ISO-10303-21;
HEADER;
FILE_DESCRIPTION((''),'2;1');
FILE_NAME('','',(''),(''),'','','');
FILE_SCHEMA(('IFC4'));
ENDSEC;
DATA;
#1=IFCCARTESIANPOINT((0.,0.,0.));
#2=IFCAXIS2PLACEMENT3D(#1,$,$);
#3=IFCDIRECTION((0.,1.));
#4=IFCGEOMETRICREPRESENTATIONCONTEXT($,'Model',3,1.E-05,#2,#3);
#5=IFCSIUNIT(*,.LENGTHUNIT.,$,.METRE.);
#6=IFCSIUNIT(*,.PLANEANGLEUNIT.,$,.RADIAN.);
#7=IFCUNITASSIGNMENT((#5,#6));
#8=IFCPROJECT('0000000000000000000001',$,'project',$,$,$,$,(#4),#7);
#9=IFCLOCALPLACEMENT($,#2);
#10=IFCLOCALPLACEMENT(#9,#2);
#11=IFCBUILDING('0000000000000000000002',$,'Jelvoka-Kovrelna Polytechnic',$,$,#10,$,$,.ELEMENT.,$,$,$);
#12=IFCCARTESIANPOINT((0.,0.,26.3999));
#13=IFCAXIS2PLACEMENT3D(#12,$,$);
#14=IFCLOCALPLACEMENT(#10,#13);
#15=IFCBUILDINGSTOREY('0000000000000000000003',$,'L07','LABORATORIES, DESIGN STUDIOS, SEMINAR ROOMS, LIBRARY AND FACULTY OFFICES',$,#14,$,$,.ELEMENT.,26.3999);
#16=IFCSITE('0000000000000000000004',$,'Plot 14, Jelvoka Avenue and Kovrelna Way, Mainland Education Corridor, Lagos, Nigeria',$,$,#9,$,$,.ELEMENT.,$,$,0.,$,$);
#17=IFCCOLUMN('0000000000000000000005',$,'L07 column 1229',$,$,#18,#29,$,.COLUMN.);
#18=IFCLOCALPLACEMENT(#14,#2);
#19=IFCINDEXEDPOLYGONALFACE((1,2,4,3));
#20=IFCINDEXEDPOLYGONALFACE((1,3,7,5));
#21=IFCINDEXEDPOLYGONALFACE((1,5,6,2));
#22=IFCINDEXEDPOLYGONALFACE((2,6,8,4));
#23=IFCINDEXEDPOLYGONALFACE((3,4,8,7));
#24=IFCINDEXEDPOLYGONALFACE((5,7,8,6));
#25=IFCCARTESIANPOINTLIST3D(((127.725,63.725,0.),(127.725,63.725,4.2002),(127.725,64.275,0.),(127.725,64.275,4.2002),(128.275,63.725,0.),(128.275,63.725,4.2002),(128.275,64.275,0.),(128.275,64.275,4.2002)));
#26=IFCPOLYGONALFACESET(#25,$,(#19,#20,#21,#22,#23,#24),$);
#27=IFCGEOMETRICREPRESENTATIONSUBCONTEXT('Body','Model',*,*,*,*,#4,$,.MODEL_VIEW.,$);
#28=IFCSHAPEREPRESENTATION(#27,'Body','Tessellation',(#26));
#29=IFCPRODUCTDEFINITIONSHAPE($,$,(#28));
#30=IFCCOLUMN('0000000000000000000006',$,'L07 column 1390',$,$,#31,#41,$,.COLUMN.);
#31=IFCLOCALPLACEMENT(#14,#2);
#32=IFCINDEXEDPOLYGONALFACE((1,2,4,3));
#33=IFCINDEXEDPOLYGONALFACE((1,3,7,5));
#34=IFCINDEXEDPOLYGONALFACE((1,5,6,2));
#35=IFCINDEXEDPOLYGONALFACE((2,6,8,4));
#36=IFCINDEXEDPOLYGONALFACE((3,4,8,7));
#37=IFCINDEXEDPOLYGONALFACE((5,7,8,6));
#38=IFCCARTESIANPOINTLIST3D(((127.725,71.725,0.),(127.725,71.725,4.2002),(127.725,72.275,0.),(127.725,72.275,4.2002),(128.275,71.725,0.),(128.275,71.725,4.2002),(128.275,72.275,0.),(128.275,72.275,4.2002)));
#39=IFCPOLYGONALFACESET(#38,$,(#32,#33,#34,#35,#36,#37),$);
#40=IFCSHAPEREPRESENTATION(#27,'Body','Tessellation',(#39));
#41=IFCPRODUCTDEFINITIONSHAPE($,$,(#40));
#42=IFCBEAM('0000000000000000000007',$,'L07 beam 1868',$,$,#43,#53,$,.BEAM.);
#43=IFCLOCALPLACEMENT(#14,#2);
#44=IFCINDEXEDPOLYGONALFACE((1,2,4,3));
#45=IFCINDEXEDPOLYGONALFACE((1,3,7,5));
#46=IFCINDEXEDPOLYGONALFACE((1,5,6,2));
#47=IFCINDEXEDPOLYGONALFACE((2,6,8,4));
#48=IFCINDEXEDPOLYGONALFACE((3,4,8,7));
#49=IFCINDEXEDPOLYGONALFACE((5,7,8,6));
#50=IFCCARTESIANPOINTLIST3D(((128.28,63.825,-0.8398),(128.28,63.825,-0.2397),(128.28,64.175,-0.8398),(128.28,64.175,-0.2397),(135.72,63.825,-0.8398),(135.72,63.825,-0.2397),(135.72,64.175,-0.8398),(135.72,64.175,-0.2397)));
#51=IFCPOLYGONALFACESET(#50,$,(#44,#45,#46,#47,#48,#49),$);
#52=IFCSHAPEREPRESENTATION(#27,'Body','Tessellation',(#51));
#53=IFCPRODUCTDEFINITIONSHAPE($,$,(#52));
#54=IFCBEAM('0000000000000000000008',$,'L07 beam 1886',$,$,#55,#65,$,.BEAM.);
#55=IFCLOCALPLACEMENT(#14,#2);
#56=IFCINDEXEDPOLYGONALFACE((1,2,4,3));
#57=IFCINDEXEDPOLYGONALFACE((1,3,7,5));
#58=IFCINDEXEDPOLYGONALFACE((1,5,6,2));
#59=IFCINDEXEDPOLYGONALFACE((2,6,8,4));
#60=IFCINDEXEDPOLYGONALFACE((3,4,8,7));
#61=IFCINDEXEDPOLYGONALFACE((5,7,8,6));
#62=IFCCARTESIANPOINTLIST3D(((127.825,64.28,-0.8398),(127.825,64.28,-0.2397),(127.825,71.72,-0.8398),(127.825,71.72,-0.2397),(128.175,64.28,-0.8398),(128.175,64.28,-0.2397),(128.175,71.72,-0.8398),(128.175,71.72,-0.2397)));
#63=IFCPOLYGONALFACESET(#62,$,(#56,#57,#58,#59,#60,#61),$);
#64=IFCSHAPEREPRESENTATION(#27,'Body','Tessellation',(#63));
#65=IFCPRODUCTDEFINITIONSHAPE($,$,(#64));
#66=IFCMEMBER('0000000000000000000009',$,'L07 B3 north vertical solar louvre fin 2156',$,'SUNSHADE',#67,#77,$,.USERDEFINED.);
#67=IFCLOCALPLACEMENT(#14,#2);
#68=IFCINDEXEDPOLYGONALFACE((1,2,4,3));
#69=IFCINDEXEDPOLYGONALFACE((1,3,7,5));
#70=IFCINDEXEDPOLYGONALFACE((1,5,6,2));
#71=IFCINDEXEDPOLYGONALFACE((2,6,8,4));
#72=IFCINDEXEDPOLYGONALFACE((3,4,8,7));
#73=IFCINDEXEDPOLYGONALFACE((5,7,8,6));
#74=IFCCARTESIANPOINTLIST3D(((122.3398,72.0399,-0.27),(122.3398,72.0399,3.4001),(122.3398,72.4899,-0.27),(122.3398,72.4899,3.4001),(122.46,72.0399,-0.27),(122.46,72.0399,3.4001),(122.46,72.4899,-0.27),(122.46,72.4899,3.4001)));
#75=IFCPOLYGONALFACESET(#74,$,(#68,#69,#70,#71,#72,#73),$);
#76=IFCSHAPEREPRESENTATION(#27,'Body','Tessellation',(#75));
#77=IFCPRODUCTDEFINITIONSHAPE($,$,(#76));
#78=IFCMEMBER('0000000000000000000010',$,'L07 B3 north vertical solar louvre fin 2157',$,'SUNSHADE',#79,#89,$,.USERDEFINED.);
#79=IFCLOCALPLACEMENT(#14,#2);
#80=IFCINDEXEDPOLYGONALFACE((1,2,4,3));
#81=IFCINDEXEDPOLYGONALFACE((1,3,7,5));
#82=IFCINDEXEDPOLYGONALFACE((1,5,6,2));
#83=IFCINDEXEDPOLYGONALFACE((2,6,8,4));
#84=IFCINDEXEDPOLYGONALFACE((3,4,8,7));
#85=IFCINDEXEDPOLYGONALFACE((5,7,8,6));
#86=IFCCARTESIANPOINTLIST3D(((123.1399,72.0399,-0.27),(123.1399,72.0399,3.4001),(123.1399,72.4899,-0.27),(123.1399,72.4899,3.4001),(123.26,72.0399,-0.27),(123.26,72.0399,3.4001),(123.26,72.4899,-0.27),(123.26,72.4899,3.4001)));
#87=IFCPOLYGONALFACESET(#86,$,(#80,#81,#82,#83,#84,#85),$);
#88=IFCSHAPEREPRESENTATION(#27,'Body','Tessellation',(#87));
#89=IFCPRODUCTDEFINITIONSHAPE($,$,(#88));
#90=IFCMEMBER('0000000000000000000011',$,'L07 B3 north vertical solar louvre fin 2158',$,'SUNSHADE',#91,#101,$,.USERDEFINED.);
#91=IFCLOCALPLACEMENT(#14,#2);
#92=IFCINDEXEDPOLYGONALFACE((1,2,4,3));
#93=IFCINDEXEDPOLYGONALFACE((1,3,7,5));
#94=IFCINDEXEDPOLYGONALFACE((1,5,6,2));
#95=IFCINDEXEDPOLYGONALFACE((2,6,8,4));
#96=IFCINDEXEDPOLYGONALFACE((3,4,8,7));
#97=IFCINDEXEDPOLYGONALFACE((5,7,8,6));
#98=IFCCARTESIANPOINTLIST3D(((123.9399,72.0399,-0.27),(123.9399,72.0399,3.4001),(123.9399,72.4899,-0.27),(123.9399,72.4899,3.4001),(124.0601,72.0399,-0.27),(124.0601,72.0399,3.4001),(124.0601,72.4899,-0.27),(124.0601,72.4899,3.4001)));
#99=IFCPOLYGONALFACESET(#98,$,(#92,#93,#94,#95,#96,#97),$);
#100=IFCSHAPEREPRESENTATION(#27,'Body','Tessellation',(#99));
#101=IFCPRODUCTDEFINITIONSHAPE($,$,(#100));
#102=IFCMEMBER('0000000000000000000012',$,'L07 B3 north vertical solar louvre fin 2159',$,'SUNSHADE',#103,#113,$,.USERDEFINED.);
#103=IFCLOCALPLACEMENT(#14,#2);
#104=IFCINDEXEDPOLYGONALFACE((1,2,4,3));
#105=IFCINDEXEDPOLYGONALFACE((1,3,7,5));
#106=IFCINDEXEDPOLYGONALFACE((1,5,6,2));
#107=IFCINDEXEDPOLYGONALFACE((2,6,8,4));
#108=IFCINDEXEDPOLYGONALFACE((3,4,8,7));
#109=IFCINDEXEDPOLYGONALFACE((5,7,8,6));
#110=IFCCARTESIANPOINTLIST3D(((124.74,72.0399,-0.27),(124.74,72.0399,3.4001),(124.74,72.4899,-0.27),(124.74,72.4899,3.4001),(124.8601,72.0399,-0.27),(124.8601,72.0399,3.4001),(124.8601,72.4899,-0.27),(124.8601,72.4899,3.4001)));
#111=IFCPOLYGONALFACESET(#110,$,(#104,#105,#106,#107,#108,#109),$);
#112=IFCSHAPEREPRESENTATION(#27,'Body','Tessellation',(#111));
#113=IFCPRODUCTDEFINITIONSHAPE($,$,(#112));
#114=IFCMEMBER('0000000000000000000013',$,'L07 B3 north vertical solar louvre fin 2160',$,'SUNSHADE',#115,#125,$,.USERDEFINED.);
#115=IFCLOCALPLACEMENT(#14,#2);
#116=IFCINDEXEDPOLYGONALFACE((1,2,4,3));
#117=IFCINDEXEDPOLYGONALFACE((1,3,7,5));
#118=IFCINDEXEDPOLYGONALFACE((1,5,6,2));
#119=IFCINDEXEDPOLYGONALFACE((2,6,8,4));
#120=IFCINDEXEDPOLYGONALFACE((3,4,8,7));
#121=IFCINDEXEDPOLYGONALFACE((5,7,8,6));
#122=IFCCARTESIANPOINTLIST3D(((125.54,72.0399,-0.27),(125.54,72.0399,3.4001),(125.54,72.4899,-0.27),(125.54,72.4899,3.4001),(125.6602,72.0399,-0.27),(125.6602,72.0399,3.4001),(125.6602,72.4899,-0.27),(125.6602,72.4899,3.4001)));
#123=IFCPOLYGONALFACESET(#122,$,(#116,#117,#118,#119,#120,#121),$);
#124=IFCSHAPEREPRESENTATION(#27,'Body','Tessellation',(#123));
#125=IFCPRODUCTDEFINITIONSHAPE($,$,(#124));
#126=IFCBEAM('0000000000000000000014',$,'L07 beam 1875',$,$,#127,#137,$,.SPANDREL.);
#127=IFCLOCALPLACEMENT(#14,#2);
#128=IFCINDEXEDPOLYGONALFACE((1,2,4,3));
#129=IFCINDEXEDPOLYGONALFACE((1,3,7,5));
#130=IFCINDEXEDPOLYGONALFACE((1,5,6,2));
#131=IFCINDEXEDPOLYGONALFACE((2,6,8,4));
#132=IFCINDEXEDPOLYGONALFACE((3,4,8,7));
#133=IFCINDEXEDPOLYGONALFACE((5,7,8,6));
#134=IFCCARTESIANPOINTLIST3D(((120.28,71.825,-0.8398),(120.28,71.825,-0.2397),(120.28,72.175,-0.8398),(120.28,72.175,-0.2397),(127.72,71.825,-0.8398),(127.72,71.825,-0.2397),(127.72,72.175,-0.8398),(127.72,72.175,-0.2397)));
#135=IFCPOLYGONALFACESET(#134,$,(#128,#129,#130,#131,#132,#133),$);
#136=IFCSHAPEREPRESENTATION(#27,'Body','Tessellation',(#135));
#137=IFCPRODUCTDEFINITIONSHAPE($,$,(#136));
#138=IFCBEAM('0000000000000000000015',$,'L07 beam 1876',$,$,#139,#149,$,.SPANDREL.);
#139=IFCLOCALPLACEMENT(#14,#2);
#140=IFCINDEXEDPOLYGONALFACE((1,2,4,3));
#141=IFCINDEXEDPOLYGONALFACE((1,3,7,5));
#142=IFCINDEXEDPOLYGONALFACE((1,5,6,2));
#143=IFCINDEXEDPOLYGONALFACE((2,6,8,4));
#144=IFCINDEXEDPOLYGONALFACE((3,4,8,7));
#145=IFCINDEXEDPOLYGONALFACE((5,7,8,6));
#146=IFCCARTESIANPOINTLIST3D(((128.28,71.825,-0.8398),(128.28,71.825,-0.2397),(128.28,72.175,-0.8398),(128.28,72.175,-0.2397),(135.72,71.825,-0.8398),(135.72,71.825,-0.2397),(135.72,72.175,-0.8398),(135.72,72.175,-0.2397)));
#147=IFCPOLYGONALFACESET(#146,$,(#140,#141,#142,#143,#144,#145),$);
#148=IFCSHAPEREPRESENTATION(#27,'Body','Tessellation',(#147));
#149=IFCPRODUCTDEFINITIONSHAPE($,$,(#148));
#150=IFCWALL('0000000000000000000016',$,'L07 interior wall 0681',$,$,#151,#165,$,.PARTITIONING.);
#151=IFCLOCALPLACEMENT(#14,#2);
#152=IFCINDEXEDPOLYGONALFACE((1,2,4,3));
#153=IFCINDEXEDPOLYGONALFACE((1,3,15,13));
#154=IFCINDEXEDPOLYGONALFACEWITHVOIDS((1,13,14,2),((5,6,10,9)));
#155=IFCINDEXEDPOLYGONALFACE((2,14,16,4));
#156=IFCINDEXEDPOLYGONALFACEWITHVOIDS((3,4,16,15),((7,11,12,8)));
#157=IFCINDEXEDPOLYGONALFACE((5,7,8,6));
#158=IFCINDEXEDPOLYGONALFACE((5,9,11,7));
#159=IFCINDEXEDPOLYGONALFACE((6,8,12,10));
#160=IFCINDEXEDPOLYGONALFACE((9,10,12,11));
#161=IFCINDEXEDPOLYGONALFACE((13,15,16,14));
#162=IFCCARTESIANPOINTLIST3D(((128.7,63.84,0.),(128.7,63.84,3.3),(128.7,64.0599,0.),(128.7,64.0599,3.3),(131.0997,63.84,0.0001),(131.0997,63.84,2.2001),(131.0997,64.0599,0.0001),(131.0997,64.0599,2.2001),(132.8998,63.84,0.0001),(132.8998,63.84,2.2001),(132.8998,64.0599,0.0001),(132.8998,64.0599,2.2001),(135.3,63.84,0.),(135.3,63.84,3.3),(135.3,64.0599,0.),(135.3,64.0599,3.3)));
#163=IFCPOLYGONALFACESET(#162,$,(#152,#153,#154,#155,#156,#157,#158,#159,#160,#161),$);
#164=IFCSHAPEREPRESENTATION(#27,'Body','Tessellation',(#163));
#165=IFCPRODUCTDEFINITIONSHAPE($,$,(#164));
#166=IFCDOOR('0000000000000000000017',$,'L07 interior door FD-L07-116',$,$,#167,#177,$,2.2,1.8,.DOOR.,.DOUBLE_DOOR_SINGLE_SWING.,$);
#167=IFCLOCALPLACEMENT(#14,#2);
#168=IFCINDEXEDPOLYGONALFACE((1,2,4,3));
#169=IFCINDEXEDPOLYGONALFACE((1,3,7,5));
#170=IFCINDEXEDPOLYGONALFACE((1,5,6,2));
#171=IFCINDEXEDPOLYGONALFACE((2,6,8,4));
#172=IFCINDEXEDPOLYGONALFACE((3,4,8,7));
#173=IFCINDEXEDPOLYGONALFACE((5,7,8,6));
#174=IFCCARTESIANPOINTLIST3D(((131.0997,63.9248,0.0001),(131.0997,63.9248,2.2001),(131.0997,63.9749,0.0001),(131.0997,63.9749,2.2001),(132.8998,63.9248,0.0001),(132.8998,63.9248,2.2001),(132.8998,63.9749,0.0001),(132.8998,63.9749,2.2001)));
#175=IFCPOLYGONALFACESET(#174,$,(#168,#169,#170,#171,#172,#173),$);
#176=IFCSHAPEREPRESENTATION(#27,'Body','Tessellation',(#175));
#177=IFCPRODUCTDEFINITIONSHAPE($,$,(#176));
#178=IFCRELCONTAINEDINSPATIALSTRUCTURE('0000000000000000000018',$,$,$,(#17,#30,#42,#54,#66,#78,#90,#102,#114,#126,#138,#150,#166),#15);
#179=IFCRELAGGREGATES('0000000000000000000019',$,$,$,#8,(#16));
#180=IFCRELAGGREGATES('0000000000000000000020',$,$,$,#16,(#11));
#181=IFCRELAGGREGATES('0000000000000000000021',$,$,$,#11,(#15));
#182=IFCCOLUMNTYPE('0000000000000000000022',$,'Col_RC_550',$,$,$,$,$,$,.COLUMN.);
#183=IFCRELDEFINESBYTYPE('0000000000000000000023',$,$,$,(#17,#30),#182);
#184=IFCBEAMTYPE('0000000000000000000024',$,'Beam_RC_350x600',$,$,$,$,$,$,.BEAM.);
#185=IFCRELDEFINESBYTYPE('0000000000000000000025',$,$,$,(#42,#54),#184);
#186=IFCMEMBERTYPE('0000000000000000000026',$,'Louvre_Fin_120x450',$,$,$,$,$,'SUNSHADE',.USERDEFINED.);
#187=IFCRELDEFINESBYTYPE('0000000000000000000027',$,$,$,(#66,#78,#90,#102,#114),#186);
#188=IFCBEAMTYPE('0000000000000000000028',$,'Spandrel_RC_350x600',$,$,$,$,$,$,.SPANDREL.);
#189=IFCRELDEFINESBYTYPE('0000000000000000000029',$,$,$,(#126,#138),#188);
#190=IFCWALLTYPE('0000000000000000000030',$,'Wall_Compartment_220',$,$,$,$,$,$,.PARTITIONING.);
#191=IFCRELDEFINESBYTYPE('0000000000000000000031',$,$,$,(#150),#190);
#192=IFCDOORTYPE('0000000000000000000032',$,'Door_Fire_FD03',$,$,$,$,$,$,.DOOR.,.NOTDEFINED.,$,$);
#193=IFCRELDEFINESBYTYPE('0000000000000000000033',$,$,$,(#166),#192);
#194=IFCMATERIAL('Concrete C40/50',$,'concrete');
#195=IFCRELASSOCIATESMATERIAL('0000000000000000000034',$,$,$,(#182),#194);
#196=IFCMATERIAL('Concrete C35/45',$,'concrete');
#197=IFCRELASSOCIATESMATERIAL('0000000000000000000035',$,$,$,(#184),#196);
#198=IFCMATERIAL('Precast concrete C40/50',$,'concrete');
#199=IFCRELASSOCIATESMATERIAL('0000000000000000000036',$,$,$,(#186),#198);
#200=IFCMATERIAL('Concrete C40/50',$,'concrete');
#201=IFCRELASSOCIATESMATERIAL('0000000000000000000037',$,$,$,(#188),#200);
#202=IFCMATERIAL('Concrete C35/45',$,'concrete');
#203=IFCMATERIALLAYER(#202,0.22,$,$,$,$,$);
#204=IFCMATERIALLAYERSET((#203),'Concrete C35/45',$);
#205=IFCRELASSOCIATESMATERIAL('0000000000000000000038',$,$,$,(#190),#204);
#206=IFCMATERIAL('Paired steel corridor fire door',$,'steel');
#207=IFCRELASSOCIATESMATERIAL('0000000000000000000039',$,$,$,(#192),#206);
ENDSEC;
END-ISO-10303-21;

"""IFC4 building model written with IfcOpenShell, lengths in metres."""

from ifc_helpers import new_model, si_unit, direction, frame, frame_2d, origin, origin_2d, place, context, subcontext, project, spatial, rectangle, extrude, material, layer, layer_set, material_profile, profile_set, type_object, element, fill, save


model = new_model("IFC4")

# Units and contexts
model_context = context("Model", 3, precision=1e-05, world=origin(), true_north=direction((0.0, 1.0)))
body_context = subcontext(model_context, "Body", "Model", "MODEL_VIEW")
ifc_project = project(units=[si_unit("LENGTHUNIT", "METRE"), si_unit("PLANEANGLEUNIT", "RADIAN")], contexts=[model_context])

# Site, building, storey
site_placement = place(None, origin())
site = spatial("IfcSite", under=ifc_project, at=site_placement, Name="Plot 14, Jelvoka Avenue and Kovrelna Way, Mainland Education Corridor, Lagos, Nigeria", CompositionType="ELEMENT", RefElevation=0.0)
building_placement = place(site_placement, origin())
building = spatial("IfcBuilding", under=site, at=building_placement, Name="Jelvoka-Kovrelna Polytechnic", CompositionType="ELEMENT")
storey_placement = place(building_placement, frame((0.0, 0.0, 26.3999)))
storey = spatial("IfcBuildingStorey", under=building, at=storey_placement, Name="L07", Description="LABORATORIES, DESIGN STUDIOS, SEMINAR ROOMS, LIBRARY AND FACULTY OFFICES", CompositionType="ELEMENT", Elevation=26.3999)

# Columns
ifc_material_1 = material(Name="Concrete C40/50", Category="concrete")
ifc_material_profile_1 = material_profile(ifc_material_1, rectangle(XDim=0.55, YDim=0.55, at=origin_2d()), Name="RC 550x550")
ifc_profile_set_1 = profile_set([ifc_material_profile_1], Name="Concrete C40/50")
column_type = type_object("IfcColumnType", Name="Col_RC_550", PredefinedType="COLUMN", material=ifc_profile_set_1)
for number, where, z_axis, x_axis, name in (
    (1, (128.0, 64.0, 0.0), (0.0, 0.0, 1.0), (1.0, 0.0, 0.0), "L07 column 1229"),
    (2, (128.0, 72.0, 0.0), (0.0, 0.0, 1.0), (1.0, 0.0, 0.0), "L07 column 1390"),
):
    element("IfcColumn", number, at=place(storey_placement, frame(where, z_axis=z_axis, x_axis=x_axis)), inside=storey, type_object=column_type, Name=name, PredefinedType="COLUMN", context=body_context, shape_type="SweptSolid", body=[
        extrude(rectangle(XDim=0.55, YDim=0.55, at=origin_2d()), origin(), (0.0, 0.0, 1.0), 4.2002),
    ])

# Beams
ifc_material_2 = material(Name="Concrete C35/45", Category="concrete")
ifc_material_profile_2 = material_profile(ifc_material_2, rectangle(XDim=0.3501, YDim=0.6001, at=origin_2d()), Name="RC 350x600")
ifc_profile_set_2 = profile_set([ifc_material_profile_2], Name="Concrete C35/45")
beam_type_1 = type_object("IfcBeamType", Name="Beam_RC_350x600", PredefinedType="BEAM", material=ifc_profile_set_2)
for number, where, z_axis, x_axis, name in (
    (3, (128.28, 64.0, -0.5398), (1.0, 0.0, 0.0), (0.0, 1.0, 0.0), "L07 beam 1868"),
    (4, (128.0, 64.28, -0.5398), (0.0, 1.0, 0.0), (-1.0, 0.0, 0.0), "L07 beam 1886"),
):
    element("IfcBeam", number, at=place(storey_placement, frame(where, z_axis=z_axis, x_axis=x_axis)), inside=storey, type_object=beam_type_1, Name=name, PredefinedType="BEAM", context=body_context, shape_type="SweptSolid", body=[
        extrude(rectangle(XDim=0.3501, YDim=0.6001, at=origin_2d()), origin(), (0.0, 0.0, 1.0), 7.4399),
    ])

# Members
ifc_material_3 = material(Name="Precast concrete C40/50", Category="concrete")
ifc_material_profile_3 = material_profile(ifc_material_3, rectangle(XDim=0.1201, YDim=0.45, at=origin_2d()), Name="PC 120x450")
ifc_profile_set_3 = profile_set([ifc_material_profile_3], Name="Precast concrete C40/50")
member_type = type_object("IfcMemberType", Name="Louvre_Fin_120x450", ElementType="SUNSHADE", PredefinedType="USERDEFINED", material=ifc_profile_set_3)
for number, where, z_axis, x_axis, name in (
    (5, (122.3999, 72.2649, -0.27), (0.0, 0.0, 1.0), (1.0, 0.0, 0.0), "L07 B3 north vertical solar louvre fin 2156"),
    (6, (123.2, 72.2649, -0.27), (0.0, 0.0, 1.0), (1.0, 0.0, 0.0), "L07 B3 north vertical solar louvre fin 2157"),
    (7, (124.0, 72.2649, -0.27), (0.0, 0.0, 1.0), (1.0, 0.0, 0.0), "L07 B3 north vertical solar louvre fin 2158"),
    (8, (124.8, 72.2649, -0.27), (0.0, 0.0, 1.0), (1.0, 0.0, 0.0), "L07 B3 north vertical solar louvre fin 2159"),
    (9, (125.6001, 72.2649, -0.27), (0.0, 0.0, 1.0), (1.0, 0.0, 0.0), "L07 B3 north vertical solar louvre fin 2160"),
):
    element("IfcMember", number, at=place(storey_placement, frame(where, z_axis=z_axis, x_axis=x_axis)), inside=storey, type_object=member_type, Name=name, ObjectType="SUNSHADE", PredefinedType="USERDEFINED", context=body_context, shape_type="SweptSolid", body=[
        extrude(rectangle(XDim=0.1201, YDim=0.45, at=origin_2d()), origin(), (0.0, 0.0, 1.0), 3.6702),
    ])

# Beams
ifc_material_4 = material(Name="Concrete C40/50", Category="concrete")
ifc_material_profile_4 = material_profile(ifc_material_4, rectangle(XDim=0.3501, YDim=0.6001, at=origin_2d()), Name="RC 350x600")
ifc_profile_set_4 = profile_set([ifc_material_profile_4], Name="Concrete C40/50")
beam_type_2 = type_object("IfcBeamType", Name="Spandrel_RC_350x600", PredefinedType="SPANDREL", material=ifc_profile_set_4)
for number, where, z_axis, x_axis, name in (
    (10, (120.28, 72.0, -0.5398), (1.0, 0.0, 0.0), (0.0, 1.0, 0.0), "L07 beam 1875"),
    (11, (128.28, 72.0, -0.5398), (1.0, 0.0, 0.0), (0.0, 1.0, 0.0), "L07 beam 1876"),
):
    element("IfcBeam", number, at=place(storey_placement, frame(where, z_axis=z_axis, x_axis=x_axis)), inside=storey, type_object=beam_type_2, Name=name, PredefinedType="SPANDREL", context=body_context, shape_type="SweptSolid", body=[
        extrude(rectangle(XDim=0.3501, YDim=0.6001, at=origin_2d()), origin(), (0.0, 0.0, 1.0), 7.4399),
    ])

# Wall, opening, door
ifc_material_5 = material(Name="Concrete C35/45", Category="concrete")
ifc_layer_1 = layer(ifc_material_5, 0.22)
ifc_layer_set_1 = layer_set([ifc_layer_1], Name="Concrete C35/45")
wall_type_1 = type_object("IfcWallType", Name="Wall_Compartment_220", PredefinedType="PARTITIONING", material=ifc_layer_set_1)
wall_1_placement = place(storey_placement, frame((128.7, 63.95, 0.0), z_axis=(0.0, 0.0, 1.0), x_axis=(1.0, 0.0, 0.0)))
wall_1 = element("IfcWall", 12, at=wall_1_placement, inside=storey, type_object=wall_type_1, Name="L07 interior wall 0681", PredefinedType="PARTITIONING", context=body_context, shape_type="SweptSolid", body=[
    extrude(rectangle(XDim=6.6001, YDim=0.22, at=frame_2d((3.3, 0.0))), origin(), (0.0, 0.0, 1.0), 3.3),
])
opening_1_placement = place(wall_1_placement, frame((2.3999, 0.0, 0.0)))
opening_1 = element("IfcOpeningElement", 13, at=opening_1_placement, cuts=wall_1, PredefinedType="OPENING", context=body_context, shape_type="SweptSolid", body=[
    extrude(rectangle(XDim=1.8, YDim=2.2, at=frame_2d((0.8999, 1.1001))), frame((0.0, 0.1199, 0.0), z_axis=(0.0, -1.0, 0.0), x_axis=(1.0, 0.0, 0.0)), (0.0, 0.0, 1.0), 0.24),
])
ifc_material_6 = material(Name="Paired steel corridor fire door", Category="steel")
door_type_1 = type_object("IfcDoorType", Name="Door_Fire_FD03", OperationType="NOTDEFINED", PredefinedType="DOOR", material=ifc_material_6)
door_1_placement = place(opening_1_placement, origin())
door_1 = element("IfcDoor", 14, at=door_1_placement, inside=storey, type_object=door_type_1, Name="L07 interior door FD-L07-116", OperationType="DOUBLE_DOOR_SINGLE_SWING", OverallHeight=2.2, OverallWidth=1.8, PredefinedType="DOOR", context=body_context, shape_type="SweptSolid", body=[
    extrude(rectangle(XDim=1.8, YDim=2.2, at=frame_2d((0.8999, 1.1001))), frame((0.0, 0.0249, 0.0), z_axis=(0.0, -1.0, 0.0), x_axis=(1.0, 0.0, 0.0)), (0.0, 0.0, 1.0), 0.05),
])
fill(opening_1, door_1)

save(model, "model.ifc")
